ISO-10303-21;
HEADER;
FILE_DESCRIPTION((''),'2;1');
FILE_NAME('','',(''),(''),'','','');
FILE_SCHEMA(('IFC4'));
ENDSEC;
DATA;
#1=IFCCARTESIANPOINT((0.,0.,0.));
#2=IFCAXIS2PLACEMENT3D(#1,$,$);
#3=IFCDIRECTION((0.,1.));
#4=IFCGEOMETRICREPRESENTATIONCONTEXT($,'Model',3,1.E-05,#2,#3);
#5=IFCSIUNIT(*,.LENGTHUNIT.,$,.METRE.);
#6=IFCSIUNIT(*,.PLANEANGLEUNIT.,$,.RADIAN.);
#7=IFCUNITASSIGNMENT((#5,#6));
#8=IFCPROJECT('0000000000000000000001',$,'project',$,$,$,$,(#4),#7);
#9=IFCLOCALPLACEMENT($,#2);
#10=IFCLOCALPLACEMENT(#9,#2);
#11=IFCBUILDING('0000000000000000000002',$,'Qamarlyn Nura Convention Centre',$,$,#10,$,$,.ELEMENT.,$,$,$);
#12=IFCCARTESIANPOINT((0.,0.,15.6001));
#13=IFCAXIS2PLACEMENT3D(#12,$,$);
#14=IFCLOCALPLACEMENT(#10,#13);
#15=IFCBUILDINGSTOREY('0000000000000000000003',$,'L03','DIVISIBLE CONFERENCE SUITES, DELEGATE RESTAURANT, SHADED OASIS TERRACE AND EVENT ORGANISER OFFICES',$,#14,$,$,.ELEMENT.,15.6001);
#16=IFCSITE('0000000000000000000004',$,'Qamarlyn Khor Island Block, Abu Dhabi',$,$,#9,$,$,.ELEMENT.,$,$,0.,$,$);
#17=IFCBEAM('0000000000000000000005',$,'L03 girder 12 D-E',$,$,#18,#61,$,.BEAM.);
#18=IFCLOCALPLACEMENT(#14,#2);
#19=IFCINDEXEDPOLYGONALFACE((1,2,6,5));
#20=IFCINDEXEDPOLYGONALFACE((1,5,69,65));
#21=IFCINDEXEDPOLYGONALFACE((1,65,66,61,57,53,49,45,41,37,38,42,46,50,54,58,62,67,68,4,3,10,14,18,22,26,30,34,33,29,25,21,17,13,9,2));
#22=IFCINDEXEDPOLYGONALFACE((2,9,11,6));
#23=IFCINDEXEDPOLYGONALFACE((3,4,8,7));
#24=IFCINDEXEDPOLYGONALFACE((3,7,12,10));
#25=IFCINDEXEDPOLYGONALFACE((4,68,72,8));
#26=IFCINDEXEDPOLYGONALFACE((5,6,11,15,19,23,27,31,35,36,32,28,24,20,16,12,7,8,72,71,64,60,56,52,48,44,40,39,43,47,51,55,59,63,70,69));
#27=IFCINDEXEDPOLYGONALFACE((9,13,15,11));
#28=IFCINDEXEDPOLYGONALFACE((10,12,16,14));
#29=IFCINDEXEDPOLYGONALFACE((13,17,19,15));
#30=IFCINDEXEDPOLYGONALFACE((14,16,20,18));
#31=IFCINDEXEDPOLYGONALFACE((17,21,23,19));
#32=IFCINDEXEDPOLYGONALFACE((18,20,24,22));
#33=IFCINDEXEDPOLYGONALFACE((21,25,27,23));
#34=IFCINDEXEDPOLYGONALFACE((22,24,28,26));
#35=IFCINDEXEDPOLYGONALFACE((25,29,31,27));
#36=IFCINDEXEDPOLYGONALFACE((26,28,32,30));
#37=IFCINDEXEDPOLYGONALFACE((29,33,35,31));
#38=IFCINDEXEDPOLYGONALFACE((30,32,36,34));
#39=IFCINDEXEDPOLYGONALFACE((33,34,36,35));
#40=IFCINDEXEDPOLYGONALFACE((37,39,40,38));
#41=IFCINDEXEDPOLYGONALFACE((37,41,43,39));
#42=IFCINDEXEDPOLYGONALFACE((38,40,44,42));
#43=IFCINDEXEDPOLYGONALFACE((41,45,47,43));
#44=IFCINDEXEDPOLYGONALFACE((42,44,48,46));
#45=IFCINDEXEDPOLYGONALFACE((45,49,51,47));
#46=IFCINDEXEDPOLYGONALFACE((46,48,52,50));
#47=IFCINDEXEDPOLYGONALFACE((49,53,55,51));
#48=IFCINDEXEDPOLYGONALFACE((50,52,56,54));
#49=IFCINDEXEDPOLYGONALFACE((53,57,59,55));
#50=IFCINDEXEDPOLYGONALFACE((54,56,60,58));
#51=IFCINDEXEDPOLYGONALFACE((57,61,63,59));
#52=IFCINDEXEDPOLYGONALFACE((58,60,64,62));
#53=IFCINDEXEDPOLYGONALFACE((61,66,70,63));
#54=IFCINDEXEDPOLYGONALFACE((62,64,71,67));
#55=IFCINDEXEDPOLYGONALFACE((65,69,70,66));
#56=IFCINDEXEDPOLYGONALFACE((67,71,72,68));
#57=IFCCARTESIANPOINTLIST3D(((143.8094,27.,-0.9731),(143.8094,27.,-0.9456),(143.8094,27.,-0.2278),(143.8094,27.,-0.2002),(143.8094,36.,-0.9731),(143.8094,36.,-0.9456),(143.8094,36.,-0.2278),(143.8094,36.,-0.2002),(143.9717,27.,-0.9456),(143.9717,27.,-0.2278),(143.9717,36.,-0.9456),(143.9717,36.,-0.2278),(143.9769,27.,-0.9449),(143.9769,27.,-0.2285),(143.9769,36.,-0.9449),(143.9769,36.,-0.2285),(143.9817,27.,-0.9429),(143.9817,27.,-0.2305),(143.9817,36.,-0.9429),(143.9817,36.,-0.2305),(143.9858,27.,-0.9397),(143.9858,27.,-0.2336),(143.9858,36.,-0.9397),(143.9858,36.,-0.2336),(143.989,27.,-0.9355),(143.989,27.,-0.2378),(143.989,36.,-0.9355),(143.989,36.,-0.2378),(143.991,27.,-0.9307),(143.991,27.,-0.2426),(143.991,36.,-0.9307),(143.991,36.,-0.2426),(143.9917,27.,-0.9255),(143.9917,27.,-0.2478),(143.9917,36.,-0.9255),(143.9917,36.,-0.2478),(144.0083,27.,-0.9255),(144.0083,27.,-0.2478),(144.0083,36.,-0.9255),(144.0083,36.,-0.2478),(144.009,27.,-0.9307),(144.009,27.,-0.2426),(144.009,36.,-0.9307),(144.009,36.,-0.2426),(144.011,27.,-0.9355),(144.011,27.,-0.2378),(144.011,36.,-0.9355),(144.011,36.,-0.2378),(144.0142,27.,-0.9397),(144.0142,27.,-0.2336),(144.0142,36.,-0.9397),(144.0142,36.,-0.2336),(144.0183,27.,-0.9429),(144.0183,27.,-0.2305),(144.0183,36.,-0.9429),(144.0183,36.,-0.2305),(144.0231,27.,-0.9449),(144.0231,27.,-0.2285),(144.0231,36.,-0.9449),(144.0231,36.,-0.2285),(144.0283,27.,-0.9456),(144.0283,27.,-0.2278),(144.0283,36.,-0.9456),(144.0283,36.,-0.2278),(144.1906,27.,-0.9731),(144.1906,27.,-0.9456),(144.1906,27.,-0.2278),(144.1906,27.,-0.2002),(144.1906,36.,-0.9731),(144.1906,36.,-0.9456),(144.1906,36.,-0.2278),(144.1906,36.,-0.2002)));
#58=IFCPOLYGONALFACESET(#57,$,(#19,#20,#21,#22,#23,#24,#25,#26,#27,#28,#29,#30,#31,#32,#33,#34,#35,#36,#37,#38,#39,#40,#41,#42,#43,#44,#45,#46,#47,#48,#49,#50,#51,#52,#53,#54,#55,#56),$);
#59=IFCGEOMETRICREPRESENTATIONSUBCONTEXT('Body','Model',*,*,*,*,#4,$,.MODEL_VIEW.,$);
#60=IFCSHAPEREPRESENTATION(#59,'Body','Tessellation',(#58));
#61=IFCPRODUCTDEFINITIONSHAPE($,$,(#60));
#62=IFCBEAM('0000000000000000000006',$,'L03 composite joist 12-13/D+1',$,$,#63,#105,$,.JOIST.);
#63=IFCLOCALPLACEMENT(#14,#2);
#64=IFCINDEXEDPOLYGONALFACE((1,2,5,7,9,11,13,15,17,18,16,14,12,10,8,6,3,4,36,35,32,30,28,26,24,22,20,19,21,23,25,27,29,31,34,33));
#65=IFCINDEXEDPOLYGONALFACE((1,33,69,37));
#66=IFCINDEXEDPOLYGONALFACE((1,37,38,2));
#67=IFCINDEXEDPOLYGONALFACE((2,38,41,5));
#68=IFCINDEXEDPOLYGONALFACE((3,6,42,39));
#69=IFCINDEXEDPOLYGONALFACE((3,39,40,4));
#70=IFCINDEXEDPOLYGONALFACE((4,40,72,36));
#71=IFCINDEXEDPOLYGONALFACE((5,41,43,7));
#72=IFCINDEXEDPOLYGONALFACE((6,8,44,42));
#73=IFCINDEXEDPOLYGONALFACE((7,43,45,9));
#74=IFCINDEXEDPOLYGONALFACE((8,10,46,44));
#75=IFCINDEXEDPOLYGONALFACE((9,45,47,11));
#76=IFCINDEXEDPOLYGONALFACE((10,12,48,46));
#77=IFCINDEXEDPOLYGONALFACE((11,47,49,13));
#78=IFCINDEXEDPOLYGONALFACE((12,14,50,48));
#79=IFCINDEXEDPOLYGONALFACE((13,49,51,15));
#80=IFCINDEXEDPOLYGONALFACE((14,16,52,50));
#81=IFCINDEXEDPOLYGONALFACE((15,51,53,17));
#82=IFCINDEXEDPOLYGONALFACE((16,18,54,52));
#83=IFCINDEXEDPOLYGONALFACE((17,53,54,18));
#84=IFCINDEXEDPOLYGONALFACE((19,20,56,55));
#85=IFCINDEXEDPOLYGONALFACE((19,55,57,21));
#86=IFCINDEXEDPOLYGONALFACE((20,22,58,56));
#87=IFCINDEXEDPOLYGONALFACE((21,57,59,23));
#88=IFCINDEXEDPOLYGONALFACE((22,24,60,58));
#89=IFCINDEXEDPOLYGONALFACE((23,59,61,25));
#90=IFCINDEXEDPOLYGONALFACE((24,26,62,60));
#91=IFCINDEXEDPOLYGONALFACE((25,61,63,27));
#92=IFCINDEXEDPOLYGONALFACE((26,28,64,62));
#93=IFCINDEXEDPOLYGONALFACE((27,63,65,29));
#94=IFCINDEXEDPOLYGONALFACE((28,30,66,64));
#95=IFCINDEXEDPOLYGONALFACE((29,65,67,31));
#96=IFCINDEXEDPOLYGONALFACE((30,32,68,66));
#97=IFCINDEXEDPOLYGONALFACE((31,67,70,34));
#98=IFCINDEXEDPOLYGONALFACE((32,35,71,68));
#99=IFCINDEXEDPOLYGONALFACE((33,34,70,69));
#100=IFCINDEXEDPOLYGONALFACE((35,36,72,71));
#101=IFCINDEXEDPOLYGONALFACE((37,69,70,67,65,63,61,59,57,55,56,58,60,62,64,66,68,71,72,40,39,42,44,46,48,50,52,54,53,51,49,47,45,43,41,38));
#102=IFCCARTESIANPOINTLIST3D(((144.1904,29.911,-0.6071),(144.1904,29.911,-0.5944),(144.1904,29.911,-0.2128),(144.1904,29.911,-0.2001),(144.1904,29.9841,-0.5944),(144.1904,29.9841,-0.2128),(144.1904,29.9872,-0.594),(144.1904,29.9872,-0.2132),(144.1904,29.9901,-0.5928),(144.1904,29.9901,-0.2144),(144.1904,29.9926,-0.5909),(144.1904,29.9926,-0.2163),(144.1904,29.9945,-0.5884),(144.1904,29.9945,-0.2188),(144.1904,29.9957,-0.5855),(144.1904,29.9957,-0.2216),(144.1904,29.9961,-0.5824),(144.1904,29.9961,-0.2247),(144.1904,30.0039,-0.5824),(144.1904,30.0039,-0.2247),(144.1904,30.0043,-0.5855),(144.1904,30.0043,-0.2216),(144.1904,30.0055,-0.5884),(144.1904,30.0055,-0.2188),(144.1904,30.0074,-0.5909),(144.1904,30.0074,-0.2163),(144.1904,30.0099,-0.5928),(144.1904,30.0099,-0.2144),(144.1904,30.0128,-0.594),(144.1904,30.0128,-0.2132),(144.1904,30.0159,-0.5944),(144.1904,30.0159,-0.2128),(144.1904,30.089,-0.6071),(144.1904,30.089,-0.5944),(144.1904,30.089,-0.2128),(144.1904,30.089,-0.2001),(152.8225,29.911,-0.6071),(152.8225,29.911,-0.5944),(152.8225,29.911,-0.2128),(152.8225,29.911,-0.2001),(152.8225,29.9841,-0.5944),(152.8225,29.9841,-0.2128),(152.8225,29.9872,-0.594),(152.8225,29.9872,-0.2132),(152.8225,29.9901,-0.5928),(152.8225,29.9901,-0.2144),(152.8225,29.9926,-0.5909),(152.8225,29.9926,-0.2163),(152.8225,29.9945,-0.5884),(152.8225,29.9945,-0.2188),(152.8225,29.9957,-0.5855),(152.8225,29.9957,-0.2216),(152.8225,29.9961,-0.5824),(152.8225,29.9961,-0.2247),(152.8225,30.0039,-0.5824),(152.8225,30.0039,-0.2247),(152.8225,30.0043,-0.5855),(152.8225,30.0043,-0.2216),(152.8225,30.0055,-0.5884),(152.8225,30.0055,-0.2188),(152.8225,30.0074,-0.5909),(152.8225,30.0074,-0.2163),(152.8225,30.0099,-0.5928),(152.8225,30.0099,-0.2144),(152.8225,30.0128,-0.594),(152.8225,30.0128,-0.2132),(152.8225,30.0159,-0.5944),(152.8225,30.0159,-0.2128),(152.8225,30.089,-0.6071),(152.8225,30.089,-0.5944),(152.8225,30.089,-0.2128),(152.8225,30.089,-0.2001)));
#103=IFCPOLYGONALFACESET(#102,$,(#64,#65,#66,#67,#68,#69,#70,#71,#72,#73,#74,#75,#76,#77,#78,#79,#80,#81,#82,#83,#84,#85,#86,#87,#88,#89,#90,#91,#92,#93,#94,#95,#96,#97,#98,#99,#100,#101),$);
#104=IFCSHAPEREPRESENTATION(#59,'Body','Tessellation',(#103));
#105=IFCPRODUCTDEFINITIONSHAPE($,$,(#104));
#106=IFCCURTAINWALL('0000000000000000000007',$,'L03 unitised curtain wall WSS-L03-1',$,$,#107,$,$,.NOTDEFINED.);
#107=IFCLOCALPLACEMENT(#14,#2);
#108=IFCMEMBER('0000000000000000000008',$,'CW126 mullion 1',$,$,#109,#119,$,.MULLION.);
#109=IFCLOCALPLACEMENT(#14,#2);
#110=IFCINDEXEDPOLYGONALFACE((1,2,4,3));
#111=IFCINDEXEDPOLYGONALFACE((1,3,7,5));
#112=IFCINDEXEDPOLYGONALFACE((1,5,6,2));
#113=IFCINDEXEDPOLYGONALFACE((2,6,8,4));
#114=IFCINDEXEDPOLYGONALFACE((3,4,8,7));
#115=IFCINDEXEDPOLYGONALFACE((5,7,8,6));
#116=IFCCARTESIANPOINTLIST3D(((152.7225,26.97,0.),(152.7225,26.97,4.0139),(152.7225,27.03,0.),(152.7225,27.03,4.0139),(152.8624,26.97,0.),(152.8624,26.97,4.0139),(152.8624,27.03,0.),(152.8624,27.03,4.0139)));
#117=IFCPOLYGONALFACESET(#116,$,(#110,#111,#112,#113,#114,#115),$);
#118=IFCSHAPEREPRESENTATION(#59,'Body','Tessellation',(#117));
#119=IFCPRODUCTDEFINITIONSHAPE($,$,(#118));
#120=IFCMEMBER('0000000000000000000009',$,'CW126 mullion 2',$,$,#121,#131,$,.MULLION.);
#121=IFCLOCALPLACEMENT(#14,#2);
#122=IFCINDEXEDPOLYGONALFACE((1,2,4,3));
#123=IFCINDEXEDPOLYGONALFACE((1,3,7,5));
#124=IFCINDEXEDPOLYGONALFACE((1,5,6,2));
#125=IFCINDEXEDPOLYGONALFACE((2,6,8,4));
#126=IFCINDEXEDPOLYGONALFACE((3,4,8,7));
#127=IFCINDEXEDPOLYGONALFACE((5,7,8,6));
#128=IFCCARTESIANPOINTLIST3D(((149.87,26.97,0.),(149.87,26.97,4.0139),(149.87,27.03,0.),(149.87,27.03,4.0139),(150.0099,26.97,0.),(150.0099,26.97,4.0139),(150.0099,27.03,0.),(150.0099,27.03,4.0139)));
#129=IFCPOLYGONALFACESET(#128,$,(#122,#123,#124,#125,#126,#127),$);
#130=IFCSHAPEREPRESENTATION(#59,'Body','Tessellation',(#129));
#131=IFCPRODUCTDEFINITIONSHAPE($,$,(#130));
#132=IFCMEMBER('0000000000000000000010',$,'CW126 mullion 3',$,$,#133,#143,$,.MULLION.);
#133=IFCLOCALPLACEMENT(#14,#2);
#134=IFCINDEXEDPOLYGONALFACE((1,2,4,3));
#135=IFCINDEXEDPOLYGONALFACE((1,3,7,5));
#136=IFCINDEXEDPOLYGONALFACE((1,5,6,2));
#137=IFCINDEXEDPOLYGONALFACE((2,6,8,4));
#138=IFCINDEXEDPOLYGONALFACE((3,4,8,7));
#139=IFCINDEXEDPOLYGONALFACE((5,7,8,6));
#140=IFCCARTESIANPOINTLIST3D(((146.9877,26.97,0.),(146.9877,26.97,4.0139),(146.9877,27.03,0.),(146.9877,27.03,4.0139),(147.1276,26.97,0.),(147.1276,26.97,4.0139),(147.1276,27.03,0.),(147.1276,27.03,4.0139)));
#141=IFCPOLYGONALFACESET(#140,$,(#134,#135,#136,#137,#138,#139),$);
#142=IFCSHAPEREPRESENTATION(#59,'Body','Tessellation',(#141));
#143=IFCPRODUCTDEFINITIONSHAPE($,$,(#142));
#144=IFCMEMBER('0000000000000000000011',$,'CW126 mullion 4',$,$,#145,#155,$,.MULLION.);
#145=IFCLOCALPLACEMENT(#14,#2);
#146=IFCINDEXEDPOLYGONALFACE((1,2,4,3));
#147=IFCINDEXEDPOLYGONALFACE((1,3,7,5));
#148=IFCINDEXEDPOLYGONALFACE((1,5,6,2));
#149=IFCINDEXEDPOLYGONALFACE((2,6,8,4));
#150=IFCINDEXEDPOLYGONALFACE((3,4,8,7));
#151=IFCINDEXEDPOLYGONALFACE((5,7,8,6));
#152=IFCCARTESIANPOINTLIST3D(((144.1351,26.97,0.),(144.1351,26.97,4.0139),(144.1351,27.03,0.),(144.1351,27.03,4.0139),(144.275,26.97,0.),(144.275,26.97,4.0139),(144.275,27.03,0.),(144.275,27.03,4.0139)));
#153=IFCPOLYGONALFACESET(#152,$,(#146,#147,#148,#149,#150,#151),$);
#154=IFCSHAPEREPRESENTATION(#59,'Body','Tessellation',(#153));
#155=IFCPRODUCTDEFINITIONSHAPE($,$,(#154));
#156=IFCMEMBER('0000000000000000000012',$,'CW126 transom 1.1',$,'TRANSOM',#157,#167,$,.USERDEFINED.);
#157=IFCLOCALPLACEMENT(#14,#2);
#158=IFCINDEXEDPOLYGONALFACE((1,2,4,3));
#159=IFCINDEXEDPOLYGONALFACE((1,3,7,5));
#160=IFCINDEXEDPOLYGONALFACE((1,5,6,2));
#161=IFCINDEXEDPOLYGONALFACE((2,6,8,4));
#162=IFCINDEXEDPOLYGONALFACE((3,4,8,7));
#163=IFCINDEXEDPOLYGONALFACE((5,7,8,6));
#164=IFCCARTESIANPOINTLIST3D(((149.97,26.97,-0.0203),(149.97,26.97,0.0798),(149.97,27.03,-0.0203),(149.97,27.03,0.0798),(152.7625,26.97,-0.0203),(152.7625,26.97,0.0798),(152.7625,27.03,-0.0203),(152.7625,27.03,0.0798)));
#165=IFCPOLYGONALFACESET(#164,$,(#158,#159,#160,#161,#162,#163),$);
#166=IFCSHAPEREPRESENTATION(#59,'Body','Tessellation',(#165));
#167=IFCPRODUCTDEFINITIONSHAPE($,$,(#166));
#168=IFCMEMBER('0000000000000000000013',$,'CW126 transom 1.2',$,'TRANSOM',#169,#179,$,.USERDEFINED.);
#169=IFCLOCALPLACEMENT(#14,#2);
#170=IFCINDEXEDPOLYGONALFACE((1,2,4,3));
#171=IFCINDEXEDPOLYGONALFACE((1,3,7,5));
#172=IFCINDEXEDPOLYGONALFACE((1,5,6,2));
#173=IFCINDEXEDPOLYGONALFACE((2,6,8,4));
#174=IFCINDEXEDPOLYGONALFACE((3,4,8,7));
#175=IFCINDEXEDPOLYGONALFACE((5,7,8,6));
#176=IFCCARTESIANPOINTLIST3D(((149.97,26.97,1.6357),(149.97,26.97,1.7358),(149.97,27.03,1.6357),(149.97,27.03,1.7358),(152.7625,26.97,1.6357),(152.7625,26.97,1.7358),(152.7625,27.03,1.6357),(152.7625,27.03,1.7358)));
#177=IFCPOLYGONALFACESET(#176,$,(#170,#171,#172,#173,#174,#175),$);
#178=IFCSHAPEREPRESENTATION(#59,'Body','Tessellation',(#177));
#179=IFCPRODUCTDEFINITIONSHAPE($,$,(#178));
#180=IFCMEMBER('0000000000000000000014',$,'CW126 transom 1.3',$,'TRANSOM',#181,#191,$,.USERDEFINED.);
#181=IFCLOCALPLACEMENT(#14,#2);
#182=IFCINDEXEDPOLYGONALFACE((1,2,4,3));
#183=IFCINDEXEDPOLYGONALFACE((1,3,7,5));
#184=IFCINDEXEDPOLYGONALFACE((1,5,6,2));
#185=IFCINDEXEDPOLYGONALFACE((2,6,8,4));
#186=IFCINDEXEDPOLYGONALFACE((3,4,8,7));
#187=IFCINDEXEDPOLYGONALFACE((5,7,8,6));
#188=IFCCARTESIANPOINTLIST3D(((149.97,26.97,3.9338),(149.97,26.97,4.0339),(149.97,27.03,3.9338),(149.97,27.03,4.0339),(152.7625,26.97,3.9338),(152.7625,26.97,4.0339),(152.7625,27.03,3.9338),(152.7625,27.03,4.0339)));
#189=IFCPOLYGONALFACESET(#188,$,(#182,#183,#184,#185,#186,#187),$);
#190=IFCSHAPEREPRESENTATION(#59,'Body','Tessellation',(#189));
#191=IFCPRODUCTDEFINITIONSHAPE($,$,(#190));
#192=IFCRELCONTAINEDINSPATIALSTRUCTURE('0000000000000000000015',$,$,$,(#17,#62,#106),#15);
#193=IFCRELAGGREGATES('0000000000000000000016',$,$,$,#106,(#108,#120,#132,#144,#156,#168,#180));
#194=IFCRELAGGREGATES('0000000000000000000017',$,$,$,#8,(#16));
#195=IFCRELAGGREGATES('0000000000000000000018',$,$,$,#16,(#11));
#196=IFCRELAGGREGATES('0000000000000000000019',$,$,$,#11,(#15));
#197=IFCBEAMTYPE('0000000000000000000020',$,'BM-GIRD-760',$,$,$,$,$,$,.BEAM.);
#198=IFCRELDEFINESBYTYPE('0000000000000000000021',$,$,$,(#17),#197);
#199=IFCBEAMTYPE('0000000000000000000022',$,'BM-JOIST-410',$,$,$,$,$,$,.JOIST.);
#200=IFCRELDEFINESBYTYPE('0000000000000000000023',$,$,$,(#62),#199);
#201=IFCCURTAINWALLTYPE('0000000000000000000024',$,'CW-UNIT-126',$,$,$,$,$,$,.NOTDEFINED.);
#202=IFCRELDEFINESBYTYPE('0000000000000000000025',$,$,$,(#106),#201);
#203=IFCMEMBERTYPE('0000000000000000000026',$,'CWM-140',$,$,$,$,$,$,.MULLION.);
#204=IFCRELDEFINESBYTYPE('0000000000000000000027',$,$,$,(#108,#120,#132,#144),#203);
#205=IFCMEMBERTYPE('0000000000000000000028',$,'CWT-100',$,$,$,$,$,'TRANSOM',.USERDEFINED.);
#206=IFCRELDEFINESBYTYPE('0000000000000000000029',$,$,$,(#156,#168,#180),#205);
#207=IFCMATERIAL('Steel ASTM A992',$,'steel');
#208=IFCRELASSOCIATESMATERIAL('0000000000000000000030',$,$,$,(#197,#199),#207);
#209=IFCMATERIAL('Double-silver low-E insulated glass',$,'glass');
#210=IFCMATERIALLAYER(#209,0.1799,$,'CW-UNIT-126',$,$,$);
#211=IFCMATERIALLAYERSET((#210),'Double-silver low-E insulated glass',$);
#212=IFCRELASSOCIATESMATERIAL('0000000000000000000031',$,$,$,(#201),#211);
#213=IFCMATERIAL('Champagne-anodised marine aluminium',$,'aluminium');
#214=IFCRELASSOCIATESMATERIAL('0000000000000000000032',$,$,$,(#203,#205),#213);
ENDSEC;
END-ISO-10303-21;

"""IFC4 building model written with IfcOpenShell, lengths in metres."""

from ifc_helpers import new_model, si_unit, direction, frame, origin, origin_2d, place, context, subcontext, project, spatial, rectangle, i_section, extrude, material, layer, layer_set, material_profile, profile_set, type_object, element, aggregate, save


model = new_model("IFC4")

# Units and contexts
model_context = context("Model", 3, precision=1e-05, world=origin(), true_north=direction((0.0, 1.0)))
body_context = subcontext(model_context, "Body", "Model", "MODEL_VIEW")
ifc_project = project(units=[si_unit("LENGTHUNIT", "METRE"), si_unit("PLANEANGLEUNIT", "RADIAN")], contexts=[model_context])

# Site, building, storey
site_placement = place(None, origin())
site = spatial("IfcSite", under=ifc_project, at=site_placement, Name="Qamarlyn Khor Island Block, Abu Dhabi", CompositionType="ELEMENT", RefElevation=0.0)
building_placement = place(site_placement, origin())
building = spatial("IfcBuilding", under=site, at=building_placement, Name="Qamarlyn Nura Convention Centre", CompositionType="ELEMENT")
storey_placement = place(building_placement, frame((0.0, 0.0, 15.6001)))
storey = spatial("IfcBuildingStorey", under=building, at=storey_placement, Name="L03", Description="DIVISIBLE CONFERENCE SUITES, DELEGATE RESTAURANT, SHADED OASIS TERRACE AND EVENT ORGANISER OFFICES", CompositionType="ELEMENT", Elevation=15.6001)

# Shared definitions
ifc_material_1 = material(Name="Steel ASTM A992", Category="steel")

# Beams
ifc_material_profile_1 = material_profile(ifc_material_1, i_section(OverallWidth=0.3811, OverallDepth=0.7729, WebThickness=0.0166, FlangeThickness=0.0276, FilletRadius=0.02, at=origin_2d()), Name="W760X257")
ifc_profile_set_1 = profile_set([ifc_material_profile_1], Name="Steel ASTM A992")
beam_type_1 = type_object("IfcBeamType", Name="BM-GIRD-760", PredefinedType="BEAM", material=ifc_profile_set_1)
beam_1_placement = place(storey_placement, frame((144.0, 27.0, -0.5867), z_axis=(0.0, 1.0, 0.0), x_axis=(-1.0, 0.0, 0.0)))
element("IfcBeam", 1, at=beam_1_placement, inside=storey, type_object=beam_type_1, Name="L03 girder 12 D-E", PredefinedType="BEAM", context=body_context, shape_type="SweptSolid", body=[
    extrude(i_section(OverallWidth=0.3811, OverallDepth=0.7729, WebThickness=0.0166, FlangeThickness=0.0276, FilletRadius=0.02, at=origin_2d()), origin(), (0.0, 0.0, 1.0), 9.0),
])
ifc_material_profile_2 = material_profile(ifc_material_1, i_section(OverallWidth=0.178, OverallDepth=0.407, WebThickness=0.0078, FlangeThickness=0.0127, FilletRadius=0.012, at=origin_2d()), Name="W410X60")
ifc_profile_set_2 = profile_set([ifc_material_profile_2], Name="Steel ASTM A992")
beam_type_2 = type_object("IfcBeamType", Name="BM-JOIST-410", PredefinedType="JOIST", material=ifc_profile_set_2)
beam_2_placement = place(storey_placement, frame((144.1904, 30.0, -0.4036), z_axis=(1.0, 0.0, 0.0), x_axis=(0.0, 1.0, 0.0)))
element("IfcBeam", 2, at=beam_2_placement, inside=storey, type_object=beam_type_2, Name="L03 composite joist 12-13/D+1", PredefinedType="JOIST", context=body_context, shape_type="SweptSolid", body=[
    extrude(i_section(OverallWidth=0.178, OverallDepth=0.407, WebThickness=0.0078, FlangeThickness=0.0127, FilletRadius=0.012, at=origin_2d()), origin(), (0.0, 0.0, 1.0), 8.6321),
])

# Curtain wall, members
ifc_material_2 = material(Name="Double-silver low-E insulated glass", Category="glass")
ifc_layer_1 = layer(ifc_material_2, 0.1799, Name="CW-UNIT-126")
ifc_layer_set_1 = layer_set([ifc_layer_1], Name="Double-silver low-E insulated glass")
curtain_wall_type = type_object("IfcCurtainWallType", Name="CW-UNIT-126", PredefinedType="NOTDEFINED", material=ifc_layer_set_1)
curtain_wall_placement = place(storey_placement, origin())
curtain_wall = element("IfcCurtainWall", 3, at=curtain_wall_placement, inside=storey, type_object=curtain_wall_type, Name="L03 unitised curtain wall WSS-L03-1", PredefinedType="NOTDEFINED")
ifc_material_3 = material(Name="Champagne-anodised marine aluminium", Category="aluminium")
ifc_material_profile_3 = material_profile(ifc_material_3, rectangle(XDim=0.0601, YDim=0.1399, at=origin_2d()), Name="ALU MULLION 60x140")
ifc_profile_set_3 = profile_set([ifc_material_profile_3], Name="Champagne-anodised marine aluminium")
member_type_1 = type_object("IfcMemberType", Name="CWM-140", PredefinedType="MULLION", material=ifc_profile_set_3)
member_1_placement = place(storey_placement, frame((152.7925, 27.0, 0.0), z_axis=(0.0, 0.0, 1.0), x_axis=(0.0, -1.0, 0.0)))
member_1 = element("IfcMember", 4, at=member_1_placement, type_object=member_type_1, Name="CW126 mullion 1", PredefinedType="MULLION", context=body_context, shape_type="SweptSolid", body=[
    extrude(rectangle(XDim=0.0601, YDim=0.1399, at=origin_2d()), origin(), (0.0, 0.0, 1.0), 4.0139),
])
member_2_placement = place(storey_placement, frame((149.9399, 27.0, 0.0), z_axis=(0.0, 0.0, 1.0), x_axis=(0.0, -1.0, 0.0)))
member_2 = element("IfcMember", 5, at=member_2_placement, type_object=member_type_1, Name="CW126 mullion 2", PredefinedType="MULLION", context=body_context, shape_type="SweptSolid", body=[
    extrude(rectangle(XDim=0.0601, YDim=0.1399, at=origin_2d()), origin(), (0.0, 0.0, 1.0), 4.0139),
])
member_3_placement = place(storey_placement, frame((147.0576, 27.0, 0.0), z_axis=(0.0, 0.0, 1.0), x_axis=(0.0, -1.0, 0.0)))
member_3 = element("IfcMember", 6, at=member_3_placement, type_object=member_type_1, Name="CW126 mullion 3", PredefinedType="MULLION", context=body_context, shape_type="SweptSolid", body=[
    extrude(rectangle(XDim=0.0601, YDim=0.1399, at=origin_2d()), origin(), (0.0, 0.0, 1.0), 4.0139),
])
member_4_placement = place(storey_placement, frame((144.2051, 27.0, 0.0), z_axis=(0.0, 0.0, 1.0), x_axis=(0.0, -1.0, 0.0)))
member_4 = element("IfcMember", 7, at=member_4_placement, type_object=member_type_1, Name="CW126 mullion 4", PredefinedType="MULLION", context=body_context, shape_type="SweptSolid", body=[
    extrude(rectangle(XDim=0.0601, YDim=0.1399, at=origin_2d()), origin(), (0.0, 0.0, 1.0), 4.0139),
])
ifc_material_profile_4 = material_profile(ifc_material_3, rectangle(XDim=0.0601, YDim=0.1001, at=origin_2d()), Name="ALU TRANSOM 60x100")
ifc_profile_set_4 = profile_set([ifc_material_profile_4], Name="Champagne-anodised marine aluminium")
member_type_2 = type_object("IfcMemberType", Name="CWT-100", ElementType="TRANSOM", PredefinedType="USERDEFINED", material=ifc_profile_set_4)
member_5_placement = place(storey_placement, frame((152.7625, 27.0, 0.0298), z_axis=(-1.0, 0.0, 0.0), x_axis=(0.0, -1.0, 0.0)))
member_5 = element("IfcMember", 8, at=member_5_placement, type_object=member_type_2, Name="CW126 transom 1.1", ObjectType="TRANSOM", PredefinedType="USERDEFINED", context=body_context, shape_type="SweptSolid", body=[
    extrude(rectangle(XDim=0.0601, YDim=0.1001, at=origin_2d()), origin(), (0.0, 0.0, 1.0), 2.7925),
])
member_6_placement = place(storey_placement, frame((152.7625, 27.0, 1.6858), z_axis=(-1.0, 0.0, 0.0), x_axis=(0.0, -1.0, 0.0)))
member_6 = element("IfcMember", 9, at=member_6_placement, type_object=member_type_2, Name="CW126 transom 1.2", ObjectType="TRANSOM", PredefinedType="USERDEFINED", context=body_context, shape_type="SweptSolid", body=[
    extrude(rectangle(XDim=0.0601, YDim=0.1001, at=origin_2d()), origin(), (0.0, 0.0, 1.0), 2.7925),
])
member_7_placement = place(storey_placement, frame((152.7625, 27.0, 3.9839), z_axis=(-1.0, 0.0, 0.0), x_axis=(0.0, -1.0, 0.0)))
member_7 = element("IfcMember", 10, at=member_7_placement, type_object=member_type_2, Name="CW126 transom 1.3", ObjectType="TRANSOM", PredefinedType="USERDEFINED", context=body_context, shape_type="SweptSolid", body=[
    extrude(rectangle(XDim=0.0601, YDim=0.1001, at=origin_2d()), origin(), (0.0, 0.0, 1.0), 2.7925),
])
aggregate(curtain_wall, [member_1, member_2, member_3, member_4, member_5, member_6, member_7])

save(model, "model.ifc")
